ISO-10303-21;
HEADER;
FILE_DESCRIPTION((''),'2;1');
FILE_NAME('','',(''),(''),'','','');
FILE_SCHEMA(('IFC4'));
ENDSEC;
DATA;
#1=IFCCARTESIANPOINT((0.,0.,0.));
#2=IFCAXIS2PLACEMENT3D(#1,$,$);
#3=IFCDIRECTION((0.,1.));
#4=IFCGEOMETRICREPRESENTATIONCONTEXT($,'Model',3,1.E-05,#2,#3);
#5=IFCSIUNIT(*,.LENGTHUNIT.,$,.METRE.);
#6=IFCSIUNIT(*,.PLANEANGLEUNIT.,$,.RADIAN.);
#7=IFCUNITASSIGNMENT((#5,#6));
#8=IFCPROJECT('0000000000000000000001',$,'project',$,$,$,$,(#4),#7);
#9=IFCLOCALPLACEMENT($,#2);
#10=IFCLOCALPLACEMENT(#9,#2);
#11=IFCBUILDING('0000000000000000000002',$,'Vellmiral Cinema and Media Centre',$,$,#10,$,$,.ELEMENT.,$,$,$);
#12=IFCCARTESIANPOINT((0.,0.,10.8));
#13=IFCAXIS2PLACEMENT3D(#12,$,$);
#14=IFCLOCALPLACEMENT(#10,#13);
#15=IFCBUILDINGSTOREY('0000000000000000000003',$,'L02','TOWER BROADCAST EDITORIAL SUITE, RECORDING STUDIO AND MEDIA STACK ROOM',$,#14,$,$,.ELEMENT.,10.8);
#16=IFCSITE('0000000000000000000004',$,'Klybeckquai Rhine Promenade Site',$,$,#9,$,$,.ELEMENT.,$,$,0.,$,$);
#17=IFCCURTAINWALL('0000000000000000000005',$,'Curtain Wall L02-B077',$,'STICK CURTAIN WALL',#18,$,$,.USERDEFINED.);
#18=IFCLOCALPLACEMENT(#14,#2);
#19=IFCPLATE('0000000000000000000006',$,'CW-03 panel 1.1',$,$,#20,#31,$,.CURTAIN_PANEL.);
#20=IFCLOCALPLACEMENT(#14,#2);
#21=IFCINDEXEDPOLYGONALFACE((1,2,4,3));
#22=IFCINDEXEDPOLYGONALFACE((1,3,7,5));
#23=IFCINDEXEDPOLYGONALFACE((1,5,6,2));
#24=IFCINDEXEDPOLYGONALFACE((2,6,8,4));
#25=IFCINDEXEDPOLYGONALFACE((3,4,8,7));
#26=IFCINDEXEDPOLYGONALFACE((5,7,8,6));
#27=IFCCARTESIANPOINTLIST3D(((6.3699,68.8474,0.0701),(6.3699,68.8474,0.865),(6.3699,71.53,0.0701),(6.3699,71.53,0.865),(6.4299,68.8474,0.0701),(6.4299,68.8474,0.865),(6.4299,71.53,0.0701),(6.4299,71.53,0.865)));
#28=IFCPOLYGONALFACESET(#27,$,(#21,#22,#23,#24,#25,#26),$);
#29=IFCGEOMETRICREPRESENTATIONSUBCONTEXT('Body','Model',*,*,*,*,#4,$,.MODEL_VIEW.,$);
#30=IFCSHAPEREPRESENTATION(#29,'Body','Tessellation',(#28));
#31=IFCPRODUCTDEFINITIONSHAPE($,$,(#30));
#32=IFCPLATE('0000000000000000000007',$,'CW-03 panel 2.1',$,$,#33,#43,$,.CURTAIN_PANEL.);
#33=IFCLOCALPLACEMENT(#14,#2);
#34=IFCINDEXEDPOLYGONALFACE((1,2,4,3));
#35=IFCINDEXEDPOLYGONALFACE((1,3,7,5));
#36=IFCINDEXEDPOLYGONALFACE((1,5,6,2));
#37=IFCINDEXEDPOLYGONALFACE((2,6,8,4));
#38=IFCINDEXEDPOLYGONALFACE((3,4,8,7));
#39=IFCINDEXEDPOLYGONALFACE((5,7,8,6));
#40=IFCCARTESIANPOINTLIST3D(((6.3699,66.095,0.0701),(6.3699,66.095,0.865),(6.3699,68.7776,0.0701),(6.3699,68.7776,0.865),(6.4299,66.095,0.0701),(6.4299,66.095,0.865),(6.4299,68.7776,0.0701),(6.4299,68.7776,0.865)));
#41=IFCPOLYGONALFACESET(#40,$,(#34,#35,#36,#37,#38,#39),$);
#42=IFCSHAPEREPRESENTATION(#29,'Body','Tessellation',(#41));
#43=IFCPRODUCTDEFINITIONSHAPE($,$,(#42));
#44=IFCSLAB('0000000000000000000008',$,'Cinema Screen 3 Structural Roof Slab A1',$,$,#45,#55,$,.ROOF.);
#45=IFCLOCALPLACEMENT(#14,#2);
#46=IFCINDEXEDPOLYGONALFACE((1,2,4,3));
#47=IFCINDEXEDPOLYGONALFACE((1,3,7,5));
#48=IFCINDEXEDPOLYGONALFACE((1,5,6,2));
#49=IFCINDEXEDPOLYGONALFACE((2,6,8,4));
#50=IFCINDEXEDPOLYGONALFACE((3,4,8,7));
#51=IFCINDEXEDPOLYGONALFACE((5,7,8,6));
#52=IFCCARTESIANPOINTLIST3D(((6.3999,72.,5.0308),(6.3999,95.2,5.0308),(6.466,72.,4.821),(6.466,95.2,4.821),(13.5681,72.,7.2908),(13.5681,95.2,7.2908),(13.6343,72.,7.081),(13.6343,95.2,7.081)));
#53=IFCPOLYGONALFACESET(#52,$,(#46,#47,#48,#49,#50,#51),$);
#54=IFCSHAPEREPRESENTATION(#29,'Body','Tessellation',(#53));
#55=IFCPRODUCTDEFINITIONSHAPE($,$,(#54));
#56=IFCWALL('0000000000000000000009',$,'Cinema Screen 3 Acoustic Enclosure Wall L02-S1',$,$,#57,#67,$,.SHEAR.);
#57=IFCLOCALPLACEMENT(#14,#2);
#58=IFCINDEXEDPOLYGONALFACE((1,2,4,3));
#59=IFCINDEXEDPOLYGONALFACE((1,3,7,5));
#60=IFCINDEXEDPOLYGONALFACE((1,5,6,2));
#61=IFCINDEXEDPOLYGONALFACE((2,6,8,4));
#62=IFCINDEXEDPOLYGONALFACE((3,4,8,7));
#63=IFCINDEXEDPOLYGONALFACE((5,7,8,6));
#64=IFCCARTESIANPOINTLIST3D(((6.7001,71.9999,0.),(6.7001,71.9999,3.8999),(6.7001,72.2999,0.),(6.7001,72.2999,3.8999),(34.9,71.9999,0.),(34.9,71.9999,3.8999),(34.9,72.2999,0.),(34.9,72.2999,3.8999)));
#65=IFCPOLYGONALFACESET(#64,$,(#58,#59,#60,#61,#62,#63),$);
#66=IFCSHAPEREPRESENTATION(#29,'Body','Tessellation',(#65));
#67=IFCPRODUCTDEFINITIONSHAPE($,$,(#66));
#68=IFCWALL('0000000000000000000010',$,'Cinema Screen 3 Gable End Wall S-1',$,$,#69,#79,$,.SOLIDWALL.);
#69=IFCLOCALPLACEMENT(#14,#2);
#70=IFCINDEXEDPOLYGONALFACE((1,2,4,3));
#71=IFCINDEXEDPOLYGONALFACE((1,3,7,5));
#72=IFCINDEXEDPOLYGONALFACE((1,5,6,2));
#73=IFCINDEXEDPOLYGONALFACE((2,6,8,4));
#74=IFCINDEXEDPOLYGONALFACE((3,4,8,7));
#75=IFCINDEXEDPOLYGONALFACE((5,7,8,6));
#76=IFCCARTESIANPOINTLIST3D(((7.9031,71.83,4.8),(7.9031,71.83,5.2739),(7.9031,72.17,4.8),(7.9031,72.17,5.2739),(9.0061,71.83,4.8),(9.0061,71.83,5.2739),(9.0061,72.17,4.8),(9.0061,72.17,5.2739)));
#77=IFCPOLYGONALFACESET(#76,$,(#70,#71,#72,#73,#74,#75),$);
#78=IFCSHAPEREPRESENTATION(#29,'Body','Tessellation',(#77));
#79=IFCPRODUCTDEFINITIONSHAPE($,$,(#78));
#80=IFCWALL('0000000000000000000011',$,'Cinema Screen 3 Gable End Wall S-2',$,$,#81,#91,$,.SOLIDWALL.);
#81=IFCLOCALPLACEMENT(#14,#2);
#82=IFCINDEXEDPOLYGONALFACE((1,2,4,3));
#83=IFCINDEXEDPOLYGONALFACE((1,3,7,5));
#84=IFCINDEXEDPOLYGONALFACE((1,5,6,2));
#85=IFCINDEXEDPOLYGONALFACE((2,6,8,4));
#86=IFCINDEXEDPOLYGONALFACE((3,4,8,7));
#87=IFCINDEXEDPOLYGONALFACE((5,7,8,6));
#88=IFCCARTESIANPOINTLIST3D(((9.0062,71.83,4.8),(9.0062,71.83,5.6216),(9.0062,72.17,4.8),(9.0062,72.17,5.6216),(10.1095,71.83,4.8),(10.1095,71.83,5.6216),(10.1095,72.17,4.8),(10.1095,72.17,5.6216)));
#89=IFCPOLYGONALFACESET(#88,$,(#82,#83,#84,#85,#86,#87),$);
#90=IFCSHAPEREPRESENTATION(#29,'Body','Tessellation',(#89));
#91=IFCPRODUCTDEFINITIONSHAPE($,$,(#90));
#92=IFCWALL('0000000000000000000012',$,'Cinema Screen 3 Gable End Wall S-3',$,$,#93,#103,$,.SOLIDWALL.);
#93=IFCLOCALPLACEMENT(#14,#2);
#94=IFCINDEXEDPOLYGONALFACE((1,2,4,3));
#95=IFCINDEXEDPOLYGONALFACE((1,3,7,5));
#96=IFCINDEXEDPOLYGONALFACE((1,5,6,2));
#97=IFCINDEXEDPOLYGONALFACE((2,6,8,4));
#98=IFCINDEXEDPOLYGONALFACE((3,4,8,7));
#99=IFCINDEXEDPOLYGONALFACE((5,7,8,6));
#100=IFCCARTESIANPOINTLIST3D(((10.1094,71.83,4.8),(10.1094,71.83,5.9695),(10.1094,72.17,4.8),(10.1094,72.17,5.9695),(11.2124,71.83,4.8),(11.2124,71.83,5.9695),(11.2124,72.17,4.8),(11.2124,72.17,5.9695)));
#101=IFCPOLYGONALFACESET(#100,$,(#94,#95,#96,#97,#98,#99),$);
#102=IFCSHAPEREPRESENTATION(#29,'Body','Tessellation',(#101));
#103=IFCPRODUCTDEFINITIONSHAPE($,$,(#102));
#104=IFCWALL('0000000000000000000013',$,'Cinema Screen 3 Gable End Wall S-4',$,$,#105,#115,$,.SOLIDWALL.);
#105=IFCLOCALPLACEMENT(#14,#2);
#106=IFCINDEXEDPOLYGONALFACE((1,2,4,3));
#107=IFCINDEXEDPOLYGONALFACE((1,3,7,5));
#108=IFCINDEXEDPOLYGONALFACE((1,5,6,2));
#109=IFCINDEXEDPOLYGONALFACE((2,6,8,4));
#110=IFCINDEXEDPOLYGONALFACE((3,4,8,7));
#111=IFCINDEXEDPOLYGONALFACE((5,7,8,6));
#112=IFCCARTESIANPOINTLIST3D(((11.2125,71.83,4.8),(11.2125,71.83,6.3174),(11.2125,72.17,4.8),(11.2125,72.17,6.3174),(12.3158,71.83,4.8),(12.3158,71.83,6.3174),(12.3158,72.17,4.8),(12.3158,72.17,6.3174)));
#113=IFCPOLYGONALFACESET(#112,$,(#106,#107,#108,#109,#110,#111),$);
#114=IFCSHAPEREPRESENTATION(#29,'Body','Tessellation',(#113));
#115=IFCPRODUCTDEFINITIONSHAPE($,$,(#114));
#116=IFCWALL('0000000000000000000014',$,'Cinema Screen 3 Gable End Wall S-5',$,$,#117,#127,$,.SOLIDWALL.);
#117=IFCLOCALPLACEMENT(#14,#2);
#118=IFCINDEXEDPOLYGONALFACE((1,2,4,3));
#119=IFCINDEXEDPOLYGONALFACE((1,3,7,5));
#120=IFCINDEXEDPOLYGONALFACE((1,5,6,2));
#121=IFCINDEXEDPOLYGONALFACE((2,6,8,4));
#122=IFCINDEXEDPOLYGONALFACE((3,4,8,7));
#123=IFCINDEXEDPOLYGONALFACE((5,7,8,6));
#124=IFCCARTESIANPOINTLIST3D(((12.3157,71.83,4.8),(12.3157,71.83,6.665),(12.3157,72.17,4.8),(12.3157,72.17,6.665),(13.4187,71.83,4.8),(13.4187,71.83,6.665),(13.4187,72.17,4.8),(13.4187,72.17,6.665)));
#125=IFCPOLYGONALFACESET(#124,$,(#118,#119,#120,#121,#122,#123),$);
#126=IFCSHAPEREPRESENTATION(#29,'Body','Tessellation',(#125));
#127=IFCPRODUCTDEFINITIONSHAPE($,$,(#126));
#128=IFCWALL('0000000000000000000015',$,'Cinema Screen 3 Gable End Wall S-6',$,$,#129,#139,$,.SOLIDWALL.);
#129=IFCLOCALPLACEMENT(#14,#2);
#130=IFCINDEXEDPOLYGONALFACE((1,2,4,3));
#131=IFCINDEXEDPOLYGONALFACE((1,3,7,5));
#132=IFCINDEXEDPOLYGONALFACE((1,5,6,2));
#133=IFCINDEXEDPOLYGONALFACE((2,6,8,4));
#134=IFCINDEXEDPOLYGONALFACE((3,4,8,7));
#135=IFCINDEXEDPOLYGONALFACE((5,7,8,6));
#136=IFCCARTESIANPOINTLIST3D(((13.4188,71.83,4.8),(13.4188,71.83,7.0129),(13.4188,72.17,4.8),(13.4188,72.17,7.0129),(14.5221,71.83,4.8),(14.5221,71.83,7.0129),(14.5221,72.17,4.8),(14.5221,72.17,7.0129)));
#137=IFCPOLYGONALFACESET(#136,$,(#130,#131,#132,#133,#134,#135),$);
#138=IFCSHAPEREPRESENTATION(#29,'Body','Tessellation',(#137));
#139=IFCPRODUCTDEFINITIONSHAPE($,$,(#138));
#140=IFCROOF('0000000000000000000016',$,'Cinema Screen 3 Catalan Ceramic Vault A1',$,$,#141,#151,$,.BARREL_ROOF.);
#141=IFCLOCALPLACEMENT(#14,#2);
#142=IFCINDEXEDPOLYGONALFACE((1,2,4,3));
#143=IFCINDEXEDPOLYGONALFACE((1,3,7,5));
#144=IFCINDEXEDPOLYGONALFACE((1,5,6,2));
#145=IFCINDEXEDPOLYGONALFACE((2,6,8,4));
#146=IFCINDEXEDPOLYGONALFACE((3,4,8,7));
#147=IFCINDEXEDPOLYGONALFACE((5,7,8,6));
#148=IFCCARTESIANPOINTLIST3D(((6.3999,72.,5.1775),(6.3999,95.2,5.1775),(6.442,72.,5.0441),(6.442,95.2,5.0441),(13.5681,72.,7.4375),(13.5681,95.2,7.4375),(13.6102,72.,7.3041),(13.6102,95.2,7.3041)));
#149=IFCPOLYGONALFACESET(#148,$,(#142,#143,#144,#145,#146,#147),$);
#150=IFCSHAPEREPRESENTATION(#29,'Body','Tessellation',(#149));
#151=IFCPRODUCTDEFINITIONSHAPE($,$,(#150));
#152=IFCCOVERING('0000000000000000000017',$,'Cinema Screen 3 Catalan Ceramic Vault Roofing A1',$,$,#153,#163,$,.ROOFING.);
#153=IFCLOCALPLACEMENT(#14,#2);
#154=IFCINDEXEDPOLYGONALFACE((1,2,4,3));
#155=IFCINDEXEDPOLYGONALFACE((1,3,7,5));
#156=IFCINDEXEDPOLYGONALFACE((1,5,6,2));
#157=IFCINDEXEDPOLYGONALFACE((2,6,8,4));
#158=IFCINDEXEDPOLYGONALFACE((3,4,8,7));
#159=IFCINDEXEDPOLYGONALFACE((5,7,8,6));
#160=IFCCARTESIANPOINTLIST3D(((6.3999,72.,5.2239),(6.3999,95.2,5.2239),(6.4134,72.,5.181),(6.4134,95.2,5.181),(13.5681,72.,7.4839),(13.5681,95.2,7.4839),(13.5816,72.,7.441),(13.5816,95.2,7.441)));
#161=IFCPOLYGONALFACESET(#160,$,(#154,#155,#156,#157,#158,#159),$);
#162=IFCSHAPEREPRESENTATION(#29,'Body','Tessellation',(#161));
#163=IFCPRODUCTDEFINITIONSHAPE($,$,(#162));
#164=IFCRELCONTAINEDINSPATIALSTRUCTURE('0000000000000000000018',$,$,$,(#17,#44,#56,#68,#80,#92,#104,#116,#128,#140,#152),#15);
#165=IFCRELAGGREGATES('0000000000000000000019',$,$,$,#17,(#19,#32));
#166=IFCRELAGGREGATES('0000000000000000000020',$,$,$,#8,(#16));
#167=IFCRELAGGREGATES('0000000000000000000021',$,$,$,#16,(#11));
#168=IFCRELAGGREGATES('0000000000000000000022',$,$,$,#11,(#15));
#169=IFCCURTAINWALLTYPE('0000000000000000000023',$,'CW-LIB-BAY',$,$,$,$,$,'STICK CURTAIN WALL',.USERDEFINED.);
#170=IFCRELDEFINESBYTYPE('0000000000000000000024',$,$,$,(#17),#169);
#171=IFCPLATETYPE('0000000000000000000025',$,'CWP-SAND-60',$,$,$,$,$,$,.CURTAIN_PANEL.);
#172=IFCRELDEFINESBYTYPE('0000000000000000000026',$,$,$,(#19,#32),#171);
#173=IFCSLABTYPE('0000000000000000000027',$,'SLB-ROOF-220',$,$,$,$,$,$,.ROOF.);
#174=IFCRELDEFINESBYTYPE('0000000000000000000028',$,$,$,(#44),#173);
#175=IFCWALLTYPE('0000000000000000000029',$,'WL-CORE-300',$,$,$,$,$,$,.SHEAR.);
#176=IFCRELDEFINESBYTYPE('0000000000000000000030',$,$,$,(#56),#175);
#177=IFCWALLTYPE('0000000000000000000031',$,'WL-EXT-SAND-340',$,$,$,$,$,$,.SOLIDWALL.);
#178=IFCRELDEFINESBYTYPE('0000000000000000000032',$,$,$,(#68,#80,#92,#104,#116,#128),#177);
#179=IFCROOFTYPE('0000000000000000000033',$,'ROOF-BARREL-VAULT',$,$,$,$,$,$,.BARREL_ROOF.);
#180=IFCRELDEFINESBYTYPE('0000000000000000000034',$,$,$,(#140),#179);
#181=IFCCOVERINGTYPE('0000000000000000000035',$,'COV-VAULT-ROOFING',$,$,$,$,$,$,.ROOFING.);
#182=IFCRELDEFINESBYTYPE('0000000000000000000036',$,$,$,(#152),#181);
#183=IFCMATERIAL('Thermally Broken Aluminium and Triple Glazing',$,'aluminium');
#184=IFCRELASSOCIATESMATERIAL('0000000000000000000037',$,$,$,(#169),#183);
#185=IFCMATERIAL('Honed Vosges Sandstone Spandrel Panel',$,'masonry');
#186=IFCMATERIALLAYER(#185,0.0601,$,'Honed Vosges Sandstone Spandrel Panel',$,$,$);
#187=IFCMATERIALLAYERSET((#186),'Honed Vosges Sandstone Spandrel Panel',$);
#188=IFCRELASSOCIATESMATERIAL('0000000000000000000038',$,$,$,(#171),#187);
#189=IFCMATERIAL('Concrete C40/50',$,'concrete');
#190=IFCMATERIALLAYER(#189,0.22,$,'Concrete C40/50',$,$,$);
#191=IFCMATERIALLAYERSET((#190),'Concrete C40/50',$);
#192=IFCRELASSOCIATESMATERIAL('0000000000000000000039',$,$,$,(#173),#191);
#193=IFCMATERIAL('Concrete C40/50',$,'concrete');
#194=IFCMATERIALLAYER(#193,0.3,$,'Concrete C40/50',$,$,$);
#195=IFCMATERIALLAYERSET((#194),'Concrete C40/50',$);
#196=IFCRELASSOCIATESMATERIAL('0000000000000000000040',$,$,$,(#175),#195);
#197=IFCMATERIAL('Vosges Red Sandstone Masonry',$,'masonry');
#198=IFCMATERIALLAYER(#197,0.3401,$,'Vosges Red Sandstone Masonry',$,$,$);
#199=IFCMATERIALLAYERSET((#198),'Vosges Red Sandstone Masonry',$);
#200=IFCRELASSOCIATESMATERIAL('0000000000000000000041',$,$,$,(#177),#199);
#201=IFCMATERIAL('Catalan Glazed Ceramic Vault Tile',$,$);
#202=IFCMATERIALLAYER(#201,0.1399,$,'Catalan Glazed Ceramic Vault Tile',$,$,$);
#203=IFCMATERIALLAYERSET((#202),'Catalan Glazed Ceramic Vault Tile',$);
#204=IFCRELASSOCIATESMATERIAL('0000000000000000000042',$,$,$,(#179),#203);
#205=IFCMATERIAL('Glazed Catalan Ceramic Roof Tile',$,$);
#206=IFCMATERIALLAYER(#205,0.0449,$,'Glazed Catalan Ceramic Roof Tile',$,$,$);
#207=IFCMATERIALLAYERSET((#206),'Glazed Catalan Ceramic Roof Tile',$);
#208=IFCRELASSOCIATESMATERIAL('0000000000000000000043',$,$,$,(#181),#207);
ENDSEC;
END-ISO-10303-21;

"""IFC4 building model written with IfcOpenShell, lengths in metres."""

from ifc_helpers import new_model, si_unit, direction, frame, frame_2d, origin, origin_2d, place, context, subcontext, project, spatial, polyline, rectangle, outline, extrude, material, layer, layer_set, type_object, element, aggregate, save


model = new_model("IFC4")

# Units and contexts
model_context = context("Model", 3, precision=1e-05, world=origin(), true_north=direction((0.0, 1.0)))
body_context = subcontext(model_context, "Body", "Model", "MODEL_VIEW")
ifc_project = project(units=[si_unit("LENGTHUNIT", "METRE"), si_unit("PLANEANGLEUNIT", "RADIAN")], contexts=[model_context])

# Site, building, storey
site_placement = place(None, origin())
site = spatial("IfcSite", under=ifc_project, at=site_placement, Name="Klybeckquai Rhine Promenade Site", CompositionType="ELEMENT", RefElevation=0.0)
building_placement = place(site_placement, origin())
building = spatial("IfcBuilding", under=site, at=building_placement, Name="Vellmiral Cinema and Media Centre", CompositionType="ELEMENT")
storey_placement = place(building_placement, frame((0.0, 0.0, 10.8)))
storey = spatial("IfcBuildingStorey", under=building, at=storey_placement, Name="L02", Description="TOWER BROADCAST EDITORIAL SUITE, RECORDING STUDIO AND MEDIA STACK ROOM", CompositionType="ELEMENT", Elevation=10.8)

# Curtain wall
ifc_material_1 = material(Name="Thermally Broken Aluminium and Triple Glazing", Category="aluminium")
curtain_wall_type = type_object("IfcCurtainWallType", Name="CW-LIB-BAY", ElementType="STICK CURTAIN WALL", PredefinedType="USERDEFINED", material=ifc_material_1)
curtain_wall_placement = place(storey_placement, origin())
curtain_wall = element("IfcCurtainWall", 1, at=curtain_wall_placement, inside=storey, type_object=curtain_wall_type, Name="Curtain Wall L02-B077", ObjectType="STICK CURTAIN WALL", PredefinedType="USERDEFINED")

# Plates
ifc_material_2 = material(Name="Honed Vosges Sandstone Spandrel Panel", Category="masonry")
ifc_layer_1 = layer(ifc_material_2, 0.0601, Name="Honed Vosges Sandstone Spandrel Panel")
ifc_layer_set_1 = layer_set([ifc_layer_1], Name="Honed Vosges Sandstone Spandrel Panel")
plate_type_1 = type_object("IfcPlateType", Name="CWP-SAND-60", PredefinedType="CURTAIN_PANEL", material=ifc_layer_set_1)
plate_1_placement = place(storey_placement, frame((6.3999, 70.1887, 0.0701), z_axis=(0.0, 0.0, 1.0), x_axis=(0.0, -1.0, 0.0)))
plate_1 = element("IfcPlate", 2, at=plate_1_placement, type_object=plate_type_1, Name="CW-03 panel 1.1", PredefinedType="CURTAIN_PANEL", context=body_context, shape_type="SweptSolid", body=[
    extrude(rectangle(XDim=2.6826, YDim=0.0601, at=origin_2d()), origin(), (0.0, 0.0, 1.0), 0.7949),
])
plate_2_placement = place(storey_placement, frame((6.3999, 67.4363, 0.0701), z_axis=(0.0, 0.0, 1.0), x_axis=(0.0, -1.0, 0.0)))
plate_2 = element("IfcPlate", 3, at=plate_2_placement, type_object=plate_type_1, Name="CW-03 panel 2.1", PredefinedType="CURTAIN_PANEL", context=body_context, shape_type="SweptSolid", body=[
    extrude(rectangle(XDim=2.6826, YDim=0.0601, at=origin_2d()), origin(), (0.0, 0.0, 1.0), 0.7949),
])
aggregate(curtain_wall, [plate_1, plate_2])

# Slab
ifc_material_3 = material(Name="Concrete C40/50", Category="concrete")
ifc_layer_2 = layer(ifc_material_3, 0.22, Name="Concrete C40/50")
ifc_layer_set_2 = layer_set([ifc_layer_2], Name="Concrete C40/50")
slab_type = type_object("IfcSlabType", Name="SLB-ROOF-220", PredefinedType="ROOF", material=ifc_layer_set_2)
slab_placement = place(storey_placement, frame((6.3999, 72.0, 5.0308), z_axis=(-0.300691, 0.0, 0.953721), x_axis=(0.953721, 0.0, 0.300691)))
element("IfcSlab", 4, at=slab_placement, inside=storey, type_object=slab_type, Name="Cinema Screen 3 Structural Roof Slab A1", PredefinedType="ROOF", context=body_context, shape_type="SweptSolid", body=[
    extrude(outline(polyline([(0.0, 0.0), (7.516, 0.0), (7.516, 23.2), (0.0, 23.2), (0.0, 0.0)])), origin(), (0.0, 0.0, -1.0), 0.22),
])

# Walls
ifc_material_4 = material(Name="Concrete C40/50", Category="concrete")
ifc_layer_3 = layer(ifc_material_4, 0.3, Name="Concrete C40/50")
ifc_layer_set_3 = layer_set([ifc_layer_3], Name="Concrete C40/50")
wall_type_1 = type_object("IfcWallType", Name="WL-CORE-300", PredefinedType="SHEAR", material=ifc_layer_set_3)
wall_1_placement = place(storey_placement, frame((6.7, 72.1499, 0.0), z_axis=(0.0, 0.0, 1.0), x_axis=(1.0, 0.0, 0.0)))
element("IfcWall", 5, at=wall_1_placement, inside=storey, type_object=wall_type_1, Name="Cinema Screen 3 Acoustic Enclosure Wall L02-S1", PredefinedType="SHEAR", context=body_context, shape_type="SweptSolid", body=[
    extrude(rectangle(XDim=28.2, YDim=0.3, at=frame_2d((14.1001, 0.0))), origin(), (0.0, 0.0, 1.0), 3.8999),
])
ifc_material_5 = material(Name="Vosges Red Sandstone Masonry", Category="masonry")
ifc_layer_4 = layer(ifc_material_5, 0.3401, Name="Vosges Red Sandstone Masonry")
ifc_layer_set_4 = layer_set([ifc_layer_4], Name="Vosges Red Sandstone Masonry")
wall_type_2 = type_object("IfcWallType", Name="WL-EXT-SAND-340", PredefinedType="SOLIDWALL", material=ifc_layer_set_4)
wall_2_placement = place(storey_placement, frame((7.9031, 72.0, 4.8), z_axis=(0.0, 0.0, 1.0), x_axis=(1.0, 0.0, 0.0)))
element("IfcWall", 6, at=wall_2_placement, inside=storey, type_object=wall_type_2, Name="Cinema Screen 3 Gable End Wall S-1", PredefinedType="SOLIDWALL", context=body_context, shape_type="SweptSolid", body=[
    extrude(rectangle(XDim=1.103, YDim=0.3401, at=frame_2d((0.5515, 0.0))), origin(), (0.0, 0.0, 1.0), 0.4739),
])
wall_3_placement = place(storey_placement, frame((9.0061, 72.0, 4.8), z_axis=(0.0, 0.0, 1.0), x_axis=(1.0, 0.0, 0.0)))
element("IfcWall", 7, at=wall_3_placement, inside=storey, type_object=wall_type_2, Name="Cinema Screen 3 Gable End Wall S-2", PredefinedType="SOLIDWALL", context=body_context, shape_type="SweptSolid", body=[
    extrude(rectangle(XDim=1.1033, YDim=0.3401, at=frame_2d((0.5518, 0.0))), origin(), (0.0, 0.0, 1.0), 0.8215),
])
wall_4_placement = place(storey_placement, frame((10.1094, 72.0, 4.8), z_axis=(0.0, 0.0, 1.0), x_axis=(1.0, 0.0, 0.0)))
element("IfcWall", 8, at=wall_4_placement, inside=storey, type_object=wall_type_2, Name="Cinema Screen 3 Gable End Wall S-3", PredefinedType="SOLIDWALL", context=body_context, shape_type="SweptSolid", body=[
    extrude(rectangle(XDim=1.103, YDim=0.3401, at=frame_2d((0.5515, 0.0))), origin(), (0.0, 0.0, 1.0), 1.1694),
])
wall_5_placement = place(storey_placement, frame((11.2124, 72.0, 4.8), z_axis=(0.0, 0.0, 1.0), x_axis=(1.0, 0.0, 0.0)))
element("IfcWall", 9, at=wall_5_placement, inside=storey, type_object=wall_type_2, Name="Cinema Screen 3 Gable End Wall S-4", PredefinedType="SOLIDWALL", context=body_context, shape_type="SweptSolid", body=[
    extrude(rectangle(XDim=1.1033, YDim=0.3401, at=frame_2d((0.5518, 0.0))), origin(), (0.0, 0.0, 1.0), 1.5173),
])
wall_6_placement = place(storey_placement, frame((12.3157, 72.0, 4.8), z_axis=(0.0, 0.0, 1.0), x_axis=(1.0, 0.0, 0.0)))
element("IfcWall", 10, at=wall_6_placement, inside=storey, type_object=wall_type_2, Name="Cinema Screen 3 Gable End Wall S-5", PredefinedType="SOLIDWALL", context=body_context, shape_type="SweptSolid", body=[
    extrude(rectangle(XDim=1.103, YDim=0.3401, at=frame_2d((0.5515, 0.0))), origin(), (0.0, 0.0, 1.0), 1.865),
])
wall_7_placement = place(storey_placement, frame((13.4187, 72.0, 4.8), z_axis=(0.0, 0.0, 1.0), x_axis=(1.0, 0.0, 0.0)))
element("IfcWall", 11, at=wall_7_placement, inside=storey, type_object=wall_type_2, Name="Cinema Screen 3 Gable End Wall S-6", PredefinedType="SOLIDWALL", context=body_context, shape_type="SweptSolid", body=[
    extrude(rectangle(XDim=1.1033, YDim=0.3401, at=frame_2d((0.5518, 0.0))), origin(), (0.0, 0.0, 1.0), 2.2129),
])

# Roof
ifc_material_6 = material(Name="Catalan Glazed Ceramic Vault Tile")
ifc_layer_5 = layer(ifc_material_6, 0.1399, Name="Catalan Glazed Ceramic Vault Tile")
ifc_layer_set_5 = layer_set([ifc_layer_5], Name="Catalan Glazed Ceramic Vault Tile")
roof_type = type_object("IfcRoofType", Name="ROOF-BARREL-VAULT", PredefinedType="BARREL_ROOF", material=ifc_layer_set_5)
roof_placement = place(storey_placement, frame((6.3999, 72.0, 5.1775), z_axis=(-0.300691, 0.0, 0.953721), x_axis=(0.953721, 0.0, 0.300691)))
element("IfcRoof", 12, at=roof_placement, inside=storey, type_object=roof_type, Name="Cinema Screen 3 Catalan Ceramic Vault A1", PredefinedType="BARREL_ROOF", context=body_context, shape_type="SweptSolid", body=[
    extrude(outline(polyline([(0.0, 0.0), (7.516, 0.0), (7.516, 23.2), (0.0, 23.2), (0.0, 0.0)])), origin(), (0.0, 0.0, -1.0), 0.1399),
])

# Covering
ifc_material_7 = material(Name="Glazed Catalan Ceramic Roof Tile")
ifc_layer_6 = layer(ifc_material_7, 0.0449, Name="Glazed Catalan Ceramic Roof Tile")
ifc_layer_set_6 = layer_set([ifc_layer_6], Name="Glazed Catalan Ceramic Roof Tile")
covering_type = type_object("IfcCoveringType", Name="COV-VAULT-ROOFING", PredefinedType="ROOFING", material=ifc_layer_set_6)
covering_placement = place(storey_placement, frame((6.3999, 72.0, 5.2239), z_axis=(-0.300691, 0.0, 0.953721), x_axis=(0.953721, 0.0, 0.300691)))
element("IfcCovering", 13, at=covering_placement, inside=storey, type_object=covering_type, Name="Cinema Screen 3 Catalan Ceramic Vault Roofing A1", PredefinedType="ROOFING", context=body_context, shape_type="SweptSolid", body=[
    extrude(outline(polyline([(0.0, 0.0), (7.516, 0.0), (7.516, 23.2), (0.0, 23.2), (0.0, 0.0)])), origin(), (0.0, 0.0, -1.0), 0.0449),
])

save(model, "model.ifc")
